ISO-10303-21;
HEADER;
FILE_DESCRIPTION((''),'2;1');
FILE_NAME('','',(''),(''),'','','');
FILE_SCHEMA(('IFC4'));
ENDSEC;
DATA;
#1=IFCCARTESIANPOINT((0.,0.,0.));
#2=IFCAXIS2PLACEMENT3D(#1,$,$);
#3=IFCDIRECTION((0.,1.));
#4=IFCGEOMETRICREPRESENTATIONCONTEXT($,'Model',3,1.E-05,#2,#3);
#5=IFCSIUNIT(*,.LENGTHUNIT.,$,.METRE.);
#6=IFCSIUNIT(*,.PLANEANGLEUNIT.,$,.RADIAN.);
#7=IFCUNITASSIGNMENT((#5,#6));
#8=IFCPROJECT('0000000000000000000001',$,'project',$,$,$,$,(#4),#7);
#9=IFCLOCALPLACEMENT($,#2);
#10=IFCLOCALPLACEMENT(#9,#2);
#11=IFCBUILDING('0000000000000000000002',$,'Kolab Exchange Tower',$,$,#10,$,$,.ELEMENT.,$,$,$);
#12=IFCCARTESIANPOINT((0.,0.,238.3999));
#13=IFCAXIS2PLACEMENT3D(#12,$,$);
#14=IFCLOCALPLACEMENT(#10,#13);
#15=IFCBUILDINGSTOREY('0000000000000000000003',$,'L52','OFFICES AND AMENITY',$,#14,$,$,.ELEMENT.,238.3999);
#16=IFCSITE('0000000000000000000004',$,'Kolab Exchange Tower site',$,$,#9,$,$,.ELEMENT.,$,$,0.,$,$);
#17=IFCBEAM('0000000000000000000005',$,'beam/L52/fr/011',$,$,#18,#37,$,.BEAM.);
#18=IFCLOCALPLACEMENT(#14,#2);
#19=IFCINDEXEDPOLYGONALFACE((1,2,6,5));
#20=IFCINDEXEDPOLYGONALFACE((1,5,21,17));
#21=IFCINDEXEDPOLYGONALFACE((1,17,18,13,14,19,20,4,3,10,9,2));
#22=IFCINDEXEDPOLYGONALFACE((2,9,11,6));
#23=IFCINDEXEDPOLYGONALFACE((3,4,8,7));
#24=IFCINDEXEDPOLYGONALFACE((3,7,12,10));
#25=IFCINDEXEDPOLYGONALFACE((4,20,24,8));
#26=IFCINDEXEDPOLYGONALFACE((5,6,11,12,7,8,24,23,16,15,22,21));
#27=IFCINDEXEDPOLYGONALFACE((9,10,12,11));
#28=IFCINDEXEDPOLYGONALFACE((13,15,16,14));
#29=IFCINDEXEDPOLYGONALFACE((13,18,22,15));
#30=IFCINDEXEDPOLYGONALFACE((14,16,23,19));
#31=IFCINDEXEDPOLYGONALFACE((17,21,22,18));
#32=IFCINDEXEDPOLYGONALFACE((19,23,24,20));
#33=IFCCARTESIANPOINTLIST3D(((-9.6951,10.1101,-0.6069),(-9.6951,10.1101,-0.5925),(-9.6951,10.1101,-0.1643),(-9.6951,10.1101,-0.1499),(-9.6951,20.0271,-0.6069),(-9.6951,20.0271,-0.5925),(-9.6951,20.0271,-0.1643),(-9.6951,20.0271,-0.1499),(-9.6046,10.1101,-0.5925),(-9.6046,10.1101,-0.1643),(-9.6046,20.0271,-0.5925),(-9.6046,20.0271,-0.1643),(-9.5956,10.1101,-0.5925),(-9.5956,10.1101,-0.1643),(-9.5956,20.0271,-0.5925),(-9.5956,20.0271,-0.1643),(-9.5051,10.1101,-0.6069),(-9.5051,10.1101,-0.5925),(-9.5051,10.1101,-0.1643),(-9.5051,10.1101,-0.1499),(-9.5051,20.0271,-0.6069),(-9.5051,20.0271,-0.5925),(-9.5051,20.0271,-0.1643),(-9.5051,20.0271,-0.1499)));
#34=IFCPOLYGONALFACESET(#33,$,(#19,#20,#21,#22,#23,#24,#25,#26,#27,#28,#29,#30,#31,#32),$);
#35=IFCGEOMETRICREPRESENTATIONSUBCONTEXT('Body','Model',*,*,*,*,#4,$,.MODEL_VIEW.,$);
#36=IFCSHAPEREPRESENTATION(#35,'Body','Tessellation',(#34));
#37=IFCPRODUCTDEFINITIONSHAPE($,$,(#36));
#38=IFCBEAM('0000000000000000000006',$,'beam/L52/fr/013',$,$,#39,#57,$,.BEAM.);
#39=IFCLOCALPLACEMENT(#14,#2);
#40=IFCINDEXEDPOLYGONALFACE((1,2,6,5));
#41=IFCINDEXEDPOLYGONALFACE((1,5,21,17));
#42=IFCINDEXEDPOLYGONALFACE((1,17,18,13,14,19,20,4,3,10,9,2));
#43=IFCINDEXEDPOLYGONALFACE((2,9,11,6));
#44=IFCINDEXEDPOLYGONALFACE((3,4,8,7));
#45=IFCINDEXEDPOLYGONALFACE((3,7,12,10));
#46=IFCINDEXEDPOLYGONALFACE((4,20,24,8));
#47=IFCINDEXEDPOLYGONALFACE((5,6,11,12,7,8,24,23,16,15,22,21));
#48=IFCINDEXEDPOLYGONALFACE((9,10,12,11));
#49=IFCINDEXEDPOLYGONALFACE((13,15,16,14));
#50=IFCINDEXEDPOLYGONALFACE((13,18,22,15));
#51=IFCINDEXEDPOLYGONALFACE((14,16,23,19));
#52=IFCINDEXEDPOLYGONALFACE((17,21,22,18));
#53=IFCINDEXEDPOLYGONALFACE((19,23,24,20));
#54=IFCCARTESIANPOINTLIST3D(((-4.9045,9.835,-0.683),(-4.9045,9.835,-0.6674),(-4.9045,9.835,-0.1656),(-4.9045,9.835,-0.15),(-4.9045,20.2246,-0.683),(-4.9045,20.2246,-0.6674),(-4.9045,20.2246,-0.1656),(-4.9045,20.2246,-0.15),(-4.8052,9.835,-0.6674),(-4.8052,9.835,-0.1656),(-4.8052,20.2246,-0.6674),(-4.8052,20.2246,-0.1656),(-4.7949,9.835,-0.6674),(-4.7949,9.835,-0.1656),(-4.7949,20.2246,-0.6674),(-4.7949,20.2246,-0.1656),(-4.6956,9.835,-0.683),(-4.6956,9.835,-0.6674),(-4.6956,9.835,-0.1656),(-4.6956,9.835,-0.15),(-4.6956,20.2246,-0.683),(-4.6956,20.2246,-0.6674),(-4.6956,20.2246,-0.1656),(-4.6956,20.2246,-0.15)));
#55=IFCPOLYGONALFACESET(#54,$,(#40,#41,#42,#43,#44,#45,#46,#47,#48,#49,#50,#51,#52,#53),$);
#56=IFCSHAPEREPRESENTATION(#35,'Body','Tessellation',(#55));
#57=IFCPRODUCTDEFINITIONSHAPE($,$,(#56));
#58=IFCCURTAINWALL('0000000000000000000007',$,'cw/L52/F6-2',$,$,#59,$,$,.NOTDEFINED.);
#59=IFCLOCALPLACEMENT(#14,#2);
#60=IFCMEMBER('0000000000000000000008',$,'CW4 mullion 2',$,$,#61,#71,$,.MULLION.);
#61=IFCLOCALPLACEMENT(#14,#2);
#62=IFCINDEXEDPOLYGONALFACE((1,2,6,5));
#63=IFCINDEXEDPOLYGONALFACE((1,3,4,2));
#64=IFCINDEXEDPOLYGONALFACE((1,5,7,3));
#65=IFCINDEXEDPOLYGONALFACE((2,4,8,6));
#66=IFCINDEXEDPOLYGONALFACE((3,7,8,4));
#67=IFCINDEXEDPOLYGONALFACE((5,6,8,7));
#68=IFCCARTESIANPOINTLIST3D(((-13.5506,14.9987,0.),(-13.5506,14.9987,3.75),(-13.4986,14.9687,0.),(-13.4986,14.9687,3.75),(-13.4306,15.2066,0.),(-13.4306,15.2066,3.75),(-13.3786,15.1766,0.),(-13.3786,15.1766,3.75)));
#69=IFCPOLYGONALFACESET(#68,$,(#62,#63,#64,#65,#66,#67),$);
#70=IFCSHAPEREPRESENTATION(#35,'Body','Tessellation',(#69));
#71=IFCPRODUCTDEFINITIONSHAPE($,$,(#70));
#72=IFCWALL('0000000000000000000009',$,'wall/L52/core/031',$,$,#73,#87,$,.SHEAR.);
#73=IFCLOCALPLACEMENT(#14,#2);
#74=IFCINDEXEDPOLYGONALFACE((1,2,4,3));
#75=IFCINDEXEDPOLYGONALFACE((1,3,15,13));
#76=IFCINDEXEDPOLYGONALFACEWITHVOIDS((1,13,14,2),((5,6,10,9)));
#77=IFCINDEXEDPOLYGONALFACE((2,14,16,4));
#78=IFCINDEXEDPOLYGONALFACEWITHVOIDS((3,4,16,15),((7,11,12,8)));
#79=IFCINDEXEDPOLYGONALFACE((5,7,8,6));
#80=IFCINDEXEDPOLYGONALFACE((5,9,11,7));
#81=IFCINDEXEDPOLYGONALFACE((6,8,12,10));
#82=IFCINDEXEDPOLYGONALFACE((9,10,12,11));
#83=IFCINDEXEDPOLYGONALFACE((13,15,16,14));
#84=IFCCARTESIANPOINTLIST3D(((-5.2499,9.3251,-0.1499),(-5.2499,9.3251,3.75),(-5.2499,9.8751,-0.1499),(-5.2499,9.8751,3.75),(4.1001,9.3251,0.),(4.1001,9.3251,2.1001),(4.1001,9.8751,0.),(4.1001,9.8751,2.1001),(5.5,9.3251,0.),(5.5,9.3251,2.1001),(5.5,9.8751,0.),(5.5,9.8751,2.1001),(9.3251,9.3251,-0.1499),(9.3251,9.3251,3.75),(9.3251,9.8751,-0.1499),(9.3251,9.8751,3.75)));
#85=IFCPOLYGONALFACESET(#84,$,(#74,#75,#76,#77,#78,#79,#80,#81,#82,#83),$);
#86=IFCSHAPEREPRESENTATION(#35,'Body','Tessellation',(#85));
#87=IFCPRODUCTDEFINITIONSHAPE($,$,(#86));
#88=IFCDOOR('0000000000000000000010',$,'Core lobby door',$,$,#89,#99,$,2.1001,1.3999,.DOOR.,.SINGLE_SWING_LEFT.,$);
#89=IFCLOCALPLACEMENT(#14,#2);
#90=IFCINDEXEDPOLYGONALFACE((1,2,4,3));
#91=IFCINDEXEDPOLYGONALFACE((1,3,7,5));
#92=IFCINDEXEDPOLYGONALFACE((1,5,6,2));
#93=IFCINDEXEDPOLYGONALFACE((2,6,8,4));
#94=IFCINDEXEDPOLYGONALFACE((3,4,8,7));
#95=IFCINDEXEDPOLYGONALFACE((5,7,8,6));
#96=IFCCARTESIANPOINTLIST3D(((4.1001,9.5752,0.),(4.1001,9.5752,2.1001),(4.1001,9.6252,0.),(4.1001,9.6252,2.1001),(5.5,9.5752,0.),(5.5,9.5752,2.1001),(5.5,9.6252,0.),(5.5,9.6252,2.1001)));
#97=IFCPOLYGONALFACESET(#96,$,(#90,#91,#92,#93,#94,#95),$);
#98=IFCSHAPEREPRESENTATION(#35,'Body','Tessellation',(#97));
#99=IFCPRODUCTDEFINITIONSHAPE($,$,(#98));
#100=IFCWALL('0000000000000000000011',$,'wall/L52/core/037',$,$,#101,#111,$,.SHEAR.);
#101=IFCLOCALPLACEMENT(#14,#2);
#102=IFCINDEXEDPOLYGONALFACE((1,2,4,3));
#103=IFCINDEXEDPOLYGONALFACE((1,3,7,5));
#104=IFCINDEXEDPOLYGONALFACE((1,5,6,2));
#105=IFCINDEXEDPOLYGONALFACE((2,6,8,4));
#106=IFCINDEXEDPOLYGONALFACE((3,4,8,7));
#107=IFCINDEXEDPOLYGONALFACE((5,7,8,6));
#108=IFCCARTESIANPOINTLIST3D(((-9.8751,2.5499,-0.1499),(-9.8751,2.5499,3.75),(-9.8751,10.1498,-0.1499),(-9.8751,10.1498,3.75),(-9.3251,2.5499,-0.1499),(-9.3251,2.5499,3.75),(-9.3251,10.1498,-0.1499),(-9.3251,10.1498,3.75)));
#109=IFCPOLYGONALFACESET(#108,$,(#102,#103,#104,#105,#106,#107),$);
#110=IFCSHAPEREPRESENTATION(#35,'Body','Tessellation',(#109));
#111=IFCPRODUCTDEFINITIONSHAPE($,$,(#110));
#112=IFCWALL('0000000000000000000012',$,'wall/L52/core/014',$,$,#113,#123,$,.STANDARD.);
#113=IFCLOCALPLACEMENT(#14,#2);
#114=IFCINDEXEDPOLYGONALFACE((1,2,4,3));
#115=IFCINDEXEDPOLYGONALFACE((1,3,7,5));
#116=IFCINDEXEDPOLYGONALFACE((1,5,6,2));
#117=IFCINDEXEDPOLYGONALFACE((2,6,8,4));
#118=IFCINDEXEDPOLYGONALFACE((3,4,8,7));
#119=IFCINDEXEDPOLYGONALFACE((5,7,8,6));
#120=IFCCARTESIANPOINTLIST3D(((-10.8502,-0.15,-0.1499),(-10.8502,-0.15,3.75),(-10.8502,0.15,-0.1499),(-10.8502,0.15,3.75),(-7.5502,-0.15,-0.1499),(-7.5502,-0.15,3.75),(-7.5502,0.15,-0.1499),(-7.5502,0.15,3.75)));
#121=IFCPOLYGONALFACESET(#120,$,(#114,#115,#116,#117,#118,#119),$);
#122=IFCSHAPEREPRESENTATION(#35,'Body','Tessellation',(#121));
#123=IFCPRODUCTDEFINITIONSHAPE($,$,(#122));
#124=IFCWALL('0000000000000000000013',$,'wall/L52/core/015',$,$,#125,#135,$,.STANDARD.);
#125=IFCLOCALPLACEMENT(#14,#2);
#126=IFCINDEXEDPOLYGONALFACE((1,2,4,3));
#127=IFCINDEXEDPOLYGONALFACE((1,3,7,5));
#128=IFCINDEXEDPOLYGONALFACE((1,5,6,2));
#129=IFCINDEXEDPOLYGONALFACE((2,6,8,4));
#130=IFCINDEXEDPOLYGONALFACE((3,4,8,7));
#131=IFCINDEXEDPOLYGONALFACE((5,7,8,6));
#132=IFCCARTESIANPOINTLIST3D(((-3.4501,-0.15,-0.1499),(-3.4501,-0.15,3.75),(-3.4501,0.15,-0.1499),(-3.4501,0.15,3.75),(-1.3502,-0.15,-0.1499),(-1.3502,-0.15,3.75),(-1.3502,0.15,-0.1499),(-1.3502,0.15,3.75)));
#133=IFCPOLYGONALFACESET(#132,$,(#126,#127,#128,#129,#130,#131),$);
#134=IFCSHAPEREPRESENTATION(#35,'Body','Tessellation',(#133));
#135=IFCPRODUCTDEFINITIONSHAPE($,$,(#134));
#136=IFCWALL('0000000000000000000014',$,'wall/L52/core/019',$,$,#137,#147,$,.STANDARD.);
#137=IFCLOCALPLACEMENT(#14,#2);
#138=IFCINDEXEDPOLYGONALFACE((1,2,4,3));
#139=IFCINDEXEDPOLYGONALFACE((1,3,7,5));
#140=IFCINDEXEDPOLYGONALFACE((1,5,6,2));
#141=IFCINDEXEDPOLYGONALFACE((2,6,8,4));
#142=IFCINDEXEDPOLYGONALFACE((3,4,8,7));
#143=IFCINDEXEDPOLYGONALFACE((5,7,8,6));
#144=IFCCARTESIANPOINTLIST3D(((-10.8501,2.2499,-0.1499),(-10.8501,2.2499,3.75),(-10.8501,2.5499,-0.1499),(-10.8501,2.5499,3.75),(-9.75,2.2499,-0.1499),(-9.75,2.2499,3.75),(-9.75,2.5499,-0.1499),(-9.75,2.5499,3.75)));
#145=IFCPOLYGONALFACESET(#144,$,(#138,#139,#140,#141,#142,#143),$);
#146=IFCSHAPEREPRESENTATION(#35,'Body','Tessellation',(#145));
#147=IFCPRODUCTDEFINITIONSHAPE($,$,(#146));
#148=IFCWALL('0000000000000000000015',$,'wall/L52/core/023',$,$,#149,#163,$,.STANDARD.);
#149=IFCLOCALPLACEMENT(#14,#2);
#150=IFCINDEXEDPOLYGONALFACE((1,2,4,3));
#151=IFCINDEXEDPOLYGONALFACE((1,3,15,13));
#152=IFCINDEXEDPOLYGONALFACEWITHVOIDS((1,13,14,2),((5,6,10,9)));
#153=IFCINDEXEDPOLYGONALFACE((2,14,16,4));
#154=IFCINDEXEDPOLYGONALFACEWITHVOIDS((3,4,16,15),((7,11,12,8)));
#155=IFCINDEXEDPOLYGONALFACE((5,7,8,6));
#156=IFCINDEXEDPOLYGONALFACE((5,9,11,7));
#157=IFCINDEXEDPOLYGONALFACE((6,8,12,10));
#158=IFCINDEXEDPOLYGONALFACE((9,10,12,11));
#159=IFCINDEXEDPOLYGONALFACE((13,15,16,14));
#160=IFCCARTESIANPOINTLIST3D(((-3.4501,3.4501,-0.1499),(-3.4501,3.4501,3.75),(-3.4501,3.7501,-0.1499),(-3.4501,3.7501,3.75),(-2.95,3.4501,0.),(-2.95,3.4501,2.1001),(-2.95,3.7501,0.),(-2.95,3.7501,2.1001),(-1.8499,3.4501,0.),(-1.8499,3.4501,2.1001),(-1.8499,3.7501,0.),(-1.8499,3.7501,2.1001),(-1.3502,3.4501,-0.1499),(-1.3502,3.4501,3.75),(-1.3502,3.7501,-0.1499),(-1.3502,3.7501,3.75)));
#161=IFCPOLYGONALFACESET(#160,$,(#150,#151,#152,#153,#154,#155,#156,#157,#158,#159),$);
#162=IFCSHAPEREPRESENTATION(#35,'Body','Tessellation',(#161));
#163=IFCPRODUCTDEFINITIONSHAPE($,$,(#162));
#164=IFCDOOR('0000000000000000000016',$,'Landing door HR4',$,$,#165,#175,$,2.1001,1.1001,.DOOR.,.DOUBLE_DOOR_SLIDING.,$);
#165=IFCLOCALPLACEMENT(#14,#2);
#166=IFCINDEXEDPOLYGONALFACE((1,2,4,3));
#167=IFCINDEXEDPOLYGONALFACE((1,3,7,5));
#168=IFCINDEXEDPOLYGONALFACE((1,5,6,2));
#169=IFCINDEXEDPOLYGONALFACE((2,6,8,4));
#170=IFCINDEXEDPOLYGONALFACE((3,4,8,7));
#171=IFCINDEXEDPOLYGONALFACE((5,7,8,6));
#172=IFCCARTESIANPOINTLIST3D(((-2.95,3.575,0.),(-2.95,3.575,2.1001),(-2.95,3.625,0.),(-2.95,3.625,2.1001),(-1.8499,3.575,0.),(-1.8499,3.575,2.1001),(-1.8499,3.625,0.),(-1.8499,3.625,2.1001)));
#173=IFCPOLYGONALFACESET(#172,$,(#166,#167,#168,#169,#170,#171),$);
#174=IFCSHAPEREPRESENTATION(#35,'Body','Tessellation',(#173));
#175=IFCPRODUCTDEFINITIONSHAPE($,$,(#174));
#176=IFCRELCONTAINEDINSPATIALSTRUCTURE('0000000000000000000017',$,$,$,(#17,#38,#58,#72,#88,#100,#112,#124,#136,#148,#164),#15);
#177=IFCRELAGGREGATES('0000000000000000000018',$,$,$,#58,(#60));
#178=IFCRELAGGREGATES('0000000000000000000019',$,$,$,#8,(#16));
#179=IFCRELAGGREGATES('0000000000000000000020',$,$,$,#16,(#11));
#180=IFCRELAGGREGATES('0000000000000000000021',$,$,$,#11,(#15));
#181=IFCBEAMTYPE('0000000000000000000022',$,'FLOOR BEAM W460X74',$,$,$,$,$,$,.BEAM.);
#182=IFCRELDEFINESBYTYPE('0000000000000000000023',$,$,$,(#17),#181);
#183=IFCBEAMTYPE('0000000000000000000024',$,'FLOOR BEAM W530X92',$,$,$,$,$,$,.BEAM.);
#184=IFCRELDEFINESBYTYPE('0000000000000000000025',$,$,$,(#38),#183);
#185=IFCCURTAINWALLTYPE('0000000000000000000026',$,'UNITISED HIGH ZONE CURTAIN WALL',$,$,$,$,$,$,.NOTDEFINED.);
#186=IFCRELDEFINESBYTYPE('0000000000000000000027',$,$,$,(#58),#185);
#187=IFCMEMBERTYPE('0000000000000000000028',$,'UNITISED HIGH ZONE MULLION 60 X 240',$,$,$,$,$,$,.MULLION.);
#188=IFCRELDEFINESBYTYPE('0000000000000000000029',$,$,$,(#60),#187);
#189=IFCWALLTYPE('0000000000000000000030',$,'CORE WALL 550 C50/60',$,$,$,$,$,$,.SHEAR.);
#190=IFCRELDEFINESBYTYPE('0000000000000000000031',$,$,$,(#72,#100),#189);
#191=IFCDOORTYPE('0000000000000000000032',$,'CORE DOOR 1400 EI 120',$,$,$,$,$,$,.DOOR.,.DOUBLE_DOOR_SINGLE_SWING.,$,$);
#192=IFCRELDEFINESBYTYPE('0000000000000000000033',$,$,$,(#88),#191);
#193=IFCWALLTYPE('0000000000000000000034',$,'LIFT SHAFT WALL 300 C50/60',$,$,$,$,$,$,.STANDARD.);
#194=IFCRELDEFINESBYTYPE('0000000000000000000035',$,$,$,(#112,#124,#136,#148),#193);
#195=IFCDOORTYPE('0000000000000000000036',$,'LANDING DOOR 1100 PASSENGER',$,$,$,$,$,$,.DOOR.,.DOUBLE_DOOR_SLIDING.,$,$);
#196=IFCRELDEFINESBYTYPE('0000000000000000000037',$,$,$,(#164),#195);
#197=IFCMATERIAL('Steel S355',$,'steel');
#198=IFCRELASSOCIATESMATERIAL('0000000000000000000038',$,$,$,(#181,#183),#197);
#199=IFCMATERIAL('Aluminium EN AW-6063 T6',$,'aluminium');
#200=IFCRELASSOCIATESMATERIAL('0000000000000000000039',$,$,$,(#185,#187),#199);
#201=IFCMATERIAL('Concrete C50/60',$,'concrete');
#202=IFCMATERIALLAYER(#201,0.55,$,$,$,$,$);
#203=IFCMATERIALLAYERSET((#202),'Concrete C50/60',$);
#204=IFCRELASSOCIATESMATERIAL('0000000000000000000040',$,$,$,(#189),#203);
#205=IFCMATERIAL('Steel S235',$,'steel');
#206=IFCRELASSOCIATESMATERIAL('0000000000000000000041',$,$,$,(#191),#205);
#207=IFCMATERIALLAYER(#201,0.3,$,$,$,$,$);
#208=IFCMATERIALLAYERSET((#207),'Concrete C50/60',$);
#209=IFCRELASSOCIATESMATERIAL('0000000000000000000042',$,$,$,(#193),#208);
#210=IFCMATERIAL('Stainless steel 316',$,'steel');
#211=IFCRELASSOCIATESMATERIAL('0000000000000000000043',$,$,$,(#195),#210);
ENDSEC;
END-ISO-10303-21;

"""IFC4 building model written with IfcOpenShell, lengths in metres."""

from ifc_helpers import new_model, si_unit, direction, frame, frame_2d, origin, origin_2d, place, context, subcontext, project, spatial, rectangle, i_section, extrude, material, layer, layer_set, material_profile, profile_set, type_object, element, fill, aggregate, save


model = new_model("IFC4")

# Units and contexts
model_context = context("Model", 3, precision=1e-05, world=origin(), true_north=direction((0.0, 1.0)))
body_context = subcontext(model_context, "Body", "Model", "MODEL_VIEW")
ifc_project = project(units=[si_unit("LENGTHUNIT", "METRE"), si_unit("PLANEANGLEUNIT", "RADIAN")], contexts=[model_context])

# Site, building, storey
site_placement = place(None, origin())
site = spatial("IfcSite", under=ifc_project, at=site_placement, Name="Kolab Exchange Tower site", CompositionType="ELEMENT", RefElevation=0.0)
building_placement = place(site_placement, origin())
building = spatial("IfcBuilding", under=site, at=building_placement, Name="Kolab Exchange Tower", CompositionType="ELEMENT")
storey_placement = place(building_placement, frame((0.0, 0.0, 238.3999)))
storey = spatial("IfcBuildingStorey", under=building, at=storey_placement, Name="L52", Description="OFFICES AND AMENITY", CompositionType="ELEMENT", Elevation=238.3999)

# Beams
ifc_material_1 = material(Name="Steel S355", Category="steel")
ifc_material_profile_1 = material_profile(ifc_material_1, i_section(OverallWidth=0.1899, OverallDepth=0.457, WebThickness=0.009, FlangeThickness=0.0144, at=origin_2d()), Name="W460X74")
ifc_profile_set_1 = profile_set([ifc_material_profile_1], Name="Steel S355")
beam_type_1 = type_object("IfcBeamType", Name="FLOOR BEAM W460X74", PredefinedType="BEAM", material=ifc_profile_set_1)
beam_1_placement = place(storey_placement, frame((-9.6001, 10.1101, -0.3784), z_axis=(0.0, 1.0, 0.0), x_axis=(-1.0, 0.0, 0.0)))
element("IfcBeam", 1, at=beam_1_placement, inside=storey, type_object=beam_type_1, Name="beam/L52/fr/011", PredefinedType="BEAM", context=body_context, shape_type="SweptSolid", body=[
    extrude(i_section(OverallWidth=0.1899, OverallDepth=0.457, WebThickness=0.009, FlangeThickness=0.0144, at=origin_2d()), origin(), (0.0, 0.0, 1.0), 9.917),
])
ifc_material_profile_2 = material_profile(ifc_material_1, i_section(OverallWidth=0.209, OverallDepth=0.533, WebThickness=0.0103, FlangeThickness=0.0156, at=origin_2d()), Name="W530X92")
ifc_profile_set_2 = profile_set([ifc_material_profile_2], Name="Steel S355")
beam_type_2 = type_object("IfcBeamType", Name="FLOOR BEAM W530X92", PredefinedType="BEAM", material=ifc_profile_set_2)
beam_2_placement = place(storey_placement, frame((-4.8, 9.835, -0.4165), z_axis=(0.0, 1.0, 0.0), x_axis=(-1.0, 0.0, 0.0)))
element("IfcBeam", 2, at=beam_2_placement, inside=storey, type_object=beam_type_2, Name="beam/L52/fr/013", PredefinedType="BEAM", context=body_context, shape_type="SweptSolid", body=[
    extrude(i_section(OverallWidth=0.209, OverallDepth=0.533, WebThickness=0.0103, FlangeThickness=0.0156, at=origin_2d()), origin(), (0.0, 0.0, 1.0), 10.3896),
])

# Curtain wall, member
ifc_material_2 = material(Name="Aluminium EN AW-6063 T6", Category="aluminium")
curtain_wall_type = type_object("IfcCurtainWallType", Name="UNITISED HIGH ZONE CURTAIN WALL", PredefinedType="NOTDEFINED", material=ifc_material_2)
curtain_wall_placement = place(storey_placement, origin())
curtain_wall = element("IfcCurtainWall", 3, at=curtain_wall_placement, inside=storey, type_object=curtain_wall_type, Name="cw/L52/F6-2", PredefinedType="NOTDEFINED")
ifc_material_profile_3 = material_profile(ifc_material_2, rectangle(XDim=0.0601, YDim=0.24, at=origin_2d()), Name="RECT 60X240")
ifc_profile_set_3 = profile_set([ifc_material_profile_3], Name="Aluminium EN AW-6063 T6")
member_type = type_object("IfcMemberType", Name="UNITISED HIGH ZONE MULLION 60 X 240", PredefinedType="MULLION", material=ifc_profile_set_3)
member_placement = place(storey_placement, frame((-13.4646, 15.0876, 0.0), z_axis=(0.0, 0.0, 1.0), x_axis=(-0.866025, 0.5, 0.0)))
member = element("IfcMember", 4, at=member_placement, type_object=member_type, Name="CW4 mullion 2", PredefinedType="MULLION", context=body_context, shape_type="SweptSolid", body=[
    extrude(rectangle(XDim=0.0601, YDim=0.24, at=origin_2d()), origin(), (0.0, 0.0, 1.0), 3.75),
])
aggregate(curtain_wall, [member])

# Wall, opening, door
ifc_material_3 = material(Name="Concrete C50/60", Category="concrete")
ifc_layer_1 = layer(ifc_material_3, 0.55)
ifc_layer_set_1 = layer_set([ifc_layer_1], Name="Concrete C50/60")
wall_type_1 = type_object("IfcWallType", Name="CORE WALL 550 C50/60", PredefinedType="SHEAR", material=ifc_layer_set_1)
wall_1_placement = place(storey_placement, frame((-5.25, 9.6001, -0.1499), z_axis=(0.0, 0.0, 1.0), x_axis=(1.0, 0.0, 0.0)))
wall_1 = element("IfcWall", 5, at=wall_1_placement, inside=storey, type_object=wall_type_1, Name="wall/L52/core/031", PredefinedType="SHEAR", context=body_context, shape_type="SweptSolid", body=[
    extrude(rectangle(XDim=14.575, YDim=0.55, at=frame_2d((7.2876, 0.0))), origin(), (0.0, 0.0, 1.0), 3.8999),
])
opening_1_placement = place(wall_1_placement, frame((9.3501, 0.0, 0.1499)))
opening_1 = element("IfcOpeningElement", 6, at=opening_1_placement, cuts=wall_1, PredefinedType="OPENING", context=body_context, shape_type="SweptSolid", body=[
    extrude(rectangle(XDim=1.3999, YDim=2.1001, at=frame_2d((0.7, 1.05))), frame((0.0, 0.2852, 0.0), z_axis=(0.0, -1.0, 0.0), x_axis=(1.0, 0.0, 0.0)), (0.0, 0.0, 1.0), 0.5701),
])
ifc_material_4 = material(Name="Steel S235", Category="steel")
door_type_1 = type_object("IfcDoorType", Name="CORE DOOR 1400 EI 120", OperationType="DOUBLE_DOOR_SINGLE_SWING", PredefinedType="DOOR", material=ifc_material_4)
door_1_placement = place(opening_1_placement, frame((1.3999, 0.0, 0.0), z_axis=(0.0, 0.0, 1.0), x_axis=(-1.0, 0.0, 0.0)))
door_1 = element("IfcDoor", 7, at=door_1_placement, inside=storey, type_object=door_type_1, Name="Core lobby door", OperationType="SINGLE_SWING_LEFT", OverallHeight=2.1001, OverallWidth=1.3999, PredefinedType="DOOR", context=body_context, shape_type="SweptSolid", body=[
    extrude(rectangle(XDim=1.3999, YDim=2.1001, at=frame_2d((0.7, 1.05))), frame((0.0, 0.0249, 0.0), z_axis=(0.0, -1.0, 0.0), x_axis=(1.0, 0.0, 0.0)), (0.0, 0.0, 1.0), 0.05),
])
fill(opening_1, door_1)

# Walls
wall_2_placement = place(storey_placement, frame((-9.6001, 2.55, -0.1499), z_axis=(0.0, 0.0, 1.0), x_axis=(0.0, 1.0, 0.0)))
element("IfcWall", 8, at=wall_2_placement, inside=storey, type_object=wall_type_1, Name="wall/L52/core/037", PredefinedType="SHEAR", context=body_context, shape_type="SweptSolid", body=[
    extrude(rectangle(XDim=7.5999, YDim=0.55, at=frame_2d((3.7998, 0.0))), origin(), (0.0, 0.0, 1.0), 3.8999),
])
ifc_layer_2 = layer(ifc_material_3, 0.3)
ifc_layer_set_2 = layer_set([ifc_layer_2], Name="Concrete C50/60")
wall_type_2 = type_object("IfcWallType", Name="LIFT SHAFT WALL 300 C50/60", PredefinedType="STANDARD", material=ifc_layer_set_2)
wall_3_placement = place(storey_placement, frame((-10.8501, 0.0, -0.1499), z_axis=(0.0, 0.0, 1.0), x_axis=(1.0, 0.0, 0.0)))
element("IfcWall", 9, at=wall_3_placement, inside=storey, type_object=wall_type_2, Name="wall/L52/core/014", PredefinedType="STANDARD", context=body_context, shape_type="SweptSolid", body=[
    extrude(rectangle(XDim=3.3, YDim=0.3, at=frame_2d((1.6499, 0.0))), origin(), (0.0, 0.0, 1.0), 3.8999),
])
wall_4_placement = place(storey_placement, frame((-3.45, 0.0, -0.1499), z_axis=(0.0, 0.0, 1.0), x_axis=(1.0, 0.0, 0.0)))
element("IfcWall", 10, at=wall_4_placement, inside=storey, type_object=wall_type_2, Name="wall/L52/core/015", PredefinedType="STANDARD", context=body_context, shape_type="SweptSolid", body=[
    extrude(rectangle(XDim=2.0999, YDim=0.3, at=frame_2d((1.0498, 0.0))), origin(), (0.0, 0.0, 1.0), 3.8999),
])
wall_5_placement = place(storey_placement, frame((-10.8501, 2.3999, -0.1499), z_axis=(0.0, 0.0, 1.0), x_axis=(1.0, 0.0, 0.0)))
element("IfcWall", 11, at=wall_5_placement, inside=storey, type_object=wall_type_2, Name="wall/L52/core/019", PredefinedType="STANDARD", context=body_context, shape_type="SweptSolid", body=[
    extrude(rectangle(XDim=1.1001, YDim=0.3, at=frame_2d((0.55, 0.0))), origin(), (0.0, 0.0, 1.0), 3.8999),
])

# Wall, opening, door
wall_6_placement = place(storey_placement, frame((-3.45, 3.6001, -0.1499), z_axis=(0.0, 0.0, 1.0), x_axis=(1.0, 0.0, 0.0)))
wall_6 = element("IfcWall", 12, at=wall_6_placement, inside=storey, type_object=wall_type_2, Name="wall/L52/core/023", PredefinedType="STANDARD", context=body_context, shape_type="SweptSolid", body=[
    extrude(rectangle(XDim=2.0999, YDim=0.3, at=frame_2d((1.0498, 0.0))), origin(), (0.0, 0.0, 1.0), 3.8999),
])
opening_2_placement = place(wall_6_placement, frame((0.5, 0.0, 0.1499)))
opening_2 = element("IfcOpeningElement", 13, at=opening_2_placement, cuts=wall_6, PredefinedType="OPENING", context=body_context, shape_type="SweptSolid", body=[
    extrude(rectangle(XDim=1.1001, YDim=2.1001, at=frame_2d((0.55, 1.05))), frame((0.0, 0.1602, 0.0), z_axis=(0.0, -1.0, 0.0), x_axis=(1.0, 0.0, 0.0)), (0.0, 0.0, 1.0), 0.3201),
])
ifc_material_5 = material(Name="Stainless steel 316", Category="steel")
door_type_2 = type_object("IfcDoorType", Name="LANDING DOOR 1100 PASSENGER", OperationType="DOUBLE_DOOR_SLIDING", PredefinedType="DOOR", material=ifc_material_5)
door_2_placement = place(opening_2_placement, origin())
door_2 = element("IfcDoor", 14, at=door_2_placement, inside=storey, type_object=door_type_2, Name="Landing door HR4", OperationType="DOUBLE_DOOR_SLIDING", OverallHeight=2.1001, OverallWidth=1.1001, PredefinedType="DOOR", context=body_context, shape_type="SweptSolid", body=[
    extrude(rectangle(XDim=1.1001, YDim=2.1001, at=frame_2d((0.55, 1.05))), frame((0.0, 0.0249, 0.0), z_axis=(0.0, -1.0, 0.0), x_axis=(1.0, 0.0, 0.0)), (0.0, 0.0, 1.0), 0.05),
])
fill(opening_2, door_2)

save(model, "model.ifc")
